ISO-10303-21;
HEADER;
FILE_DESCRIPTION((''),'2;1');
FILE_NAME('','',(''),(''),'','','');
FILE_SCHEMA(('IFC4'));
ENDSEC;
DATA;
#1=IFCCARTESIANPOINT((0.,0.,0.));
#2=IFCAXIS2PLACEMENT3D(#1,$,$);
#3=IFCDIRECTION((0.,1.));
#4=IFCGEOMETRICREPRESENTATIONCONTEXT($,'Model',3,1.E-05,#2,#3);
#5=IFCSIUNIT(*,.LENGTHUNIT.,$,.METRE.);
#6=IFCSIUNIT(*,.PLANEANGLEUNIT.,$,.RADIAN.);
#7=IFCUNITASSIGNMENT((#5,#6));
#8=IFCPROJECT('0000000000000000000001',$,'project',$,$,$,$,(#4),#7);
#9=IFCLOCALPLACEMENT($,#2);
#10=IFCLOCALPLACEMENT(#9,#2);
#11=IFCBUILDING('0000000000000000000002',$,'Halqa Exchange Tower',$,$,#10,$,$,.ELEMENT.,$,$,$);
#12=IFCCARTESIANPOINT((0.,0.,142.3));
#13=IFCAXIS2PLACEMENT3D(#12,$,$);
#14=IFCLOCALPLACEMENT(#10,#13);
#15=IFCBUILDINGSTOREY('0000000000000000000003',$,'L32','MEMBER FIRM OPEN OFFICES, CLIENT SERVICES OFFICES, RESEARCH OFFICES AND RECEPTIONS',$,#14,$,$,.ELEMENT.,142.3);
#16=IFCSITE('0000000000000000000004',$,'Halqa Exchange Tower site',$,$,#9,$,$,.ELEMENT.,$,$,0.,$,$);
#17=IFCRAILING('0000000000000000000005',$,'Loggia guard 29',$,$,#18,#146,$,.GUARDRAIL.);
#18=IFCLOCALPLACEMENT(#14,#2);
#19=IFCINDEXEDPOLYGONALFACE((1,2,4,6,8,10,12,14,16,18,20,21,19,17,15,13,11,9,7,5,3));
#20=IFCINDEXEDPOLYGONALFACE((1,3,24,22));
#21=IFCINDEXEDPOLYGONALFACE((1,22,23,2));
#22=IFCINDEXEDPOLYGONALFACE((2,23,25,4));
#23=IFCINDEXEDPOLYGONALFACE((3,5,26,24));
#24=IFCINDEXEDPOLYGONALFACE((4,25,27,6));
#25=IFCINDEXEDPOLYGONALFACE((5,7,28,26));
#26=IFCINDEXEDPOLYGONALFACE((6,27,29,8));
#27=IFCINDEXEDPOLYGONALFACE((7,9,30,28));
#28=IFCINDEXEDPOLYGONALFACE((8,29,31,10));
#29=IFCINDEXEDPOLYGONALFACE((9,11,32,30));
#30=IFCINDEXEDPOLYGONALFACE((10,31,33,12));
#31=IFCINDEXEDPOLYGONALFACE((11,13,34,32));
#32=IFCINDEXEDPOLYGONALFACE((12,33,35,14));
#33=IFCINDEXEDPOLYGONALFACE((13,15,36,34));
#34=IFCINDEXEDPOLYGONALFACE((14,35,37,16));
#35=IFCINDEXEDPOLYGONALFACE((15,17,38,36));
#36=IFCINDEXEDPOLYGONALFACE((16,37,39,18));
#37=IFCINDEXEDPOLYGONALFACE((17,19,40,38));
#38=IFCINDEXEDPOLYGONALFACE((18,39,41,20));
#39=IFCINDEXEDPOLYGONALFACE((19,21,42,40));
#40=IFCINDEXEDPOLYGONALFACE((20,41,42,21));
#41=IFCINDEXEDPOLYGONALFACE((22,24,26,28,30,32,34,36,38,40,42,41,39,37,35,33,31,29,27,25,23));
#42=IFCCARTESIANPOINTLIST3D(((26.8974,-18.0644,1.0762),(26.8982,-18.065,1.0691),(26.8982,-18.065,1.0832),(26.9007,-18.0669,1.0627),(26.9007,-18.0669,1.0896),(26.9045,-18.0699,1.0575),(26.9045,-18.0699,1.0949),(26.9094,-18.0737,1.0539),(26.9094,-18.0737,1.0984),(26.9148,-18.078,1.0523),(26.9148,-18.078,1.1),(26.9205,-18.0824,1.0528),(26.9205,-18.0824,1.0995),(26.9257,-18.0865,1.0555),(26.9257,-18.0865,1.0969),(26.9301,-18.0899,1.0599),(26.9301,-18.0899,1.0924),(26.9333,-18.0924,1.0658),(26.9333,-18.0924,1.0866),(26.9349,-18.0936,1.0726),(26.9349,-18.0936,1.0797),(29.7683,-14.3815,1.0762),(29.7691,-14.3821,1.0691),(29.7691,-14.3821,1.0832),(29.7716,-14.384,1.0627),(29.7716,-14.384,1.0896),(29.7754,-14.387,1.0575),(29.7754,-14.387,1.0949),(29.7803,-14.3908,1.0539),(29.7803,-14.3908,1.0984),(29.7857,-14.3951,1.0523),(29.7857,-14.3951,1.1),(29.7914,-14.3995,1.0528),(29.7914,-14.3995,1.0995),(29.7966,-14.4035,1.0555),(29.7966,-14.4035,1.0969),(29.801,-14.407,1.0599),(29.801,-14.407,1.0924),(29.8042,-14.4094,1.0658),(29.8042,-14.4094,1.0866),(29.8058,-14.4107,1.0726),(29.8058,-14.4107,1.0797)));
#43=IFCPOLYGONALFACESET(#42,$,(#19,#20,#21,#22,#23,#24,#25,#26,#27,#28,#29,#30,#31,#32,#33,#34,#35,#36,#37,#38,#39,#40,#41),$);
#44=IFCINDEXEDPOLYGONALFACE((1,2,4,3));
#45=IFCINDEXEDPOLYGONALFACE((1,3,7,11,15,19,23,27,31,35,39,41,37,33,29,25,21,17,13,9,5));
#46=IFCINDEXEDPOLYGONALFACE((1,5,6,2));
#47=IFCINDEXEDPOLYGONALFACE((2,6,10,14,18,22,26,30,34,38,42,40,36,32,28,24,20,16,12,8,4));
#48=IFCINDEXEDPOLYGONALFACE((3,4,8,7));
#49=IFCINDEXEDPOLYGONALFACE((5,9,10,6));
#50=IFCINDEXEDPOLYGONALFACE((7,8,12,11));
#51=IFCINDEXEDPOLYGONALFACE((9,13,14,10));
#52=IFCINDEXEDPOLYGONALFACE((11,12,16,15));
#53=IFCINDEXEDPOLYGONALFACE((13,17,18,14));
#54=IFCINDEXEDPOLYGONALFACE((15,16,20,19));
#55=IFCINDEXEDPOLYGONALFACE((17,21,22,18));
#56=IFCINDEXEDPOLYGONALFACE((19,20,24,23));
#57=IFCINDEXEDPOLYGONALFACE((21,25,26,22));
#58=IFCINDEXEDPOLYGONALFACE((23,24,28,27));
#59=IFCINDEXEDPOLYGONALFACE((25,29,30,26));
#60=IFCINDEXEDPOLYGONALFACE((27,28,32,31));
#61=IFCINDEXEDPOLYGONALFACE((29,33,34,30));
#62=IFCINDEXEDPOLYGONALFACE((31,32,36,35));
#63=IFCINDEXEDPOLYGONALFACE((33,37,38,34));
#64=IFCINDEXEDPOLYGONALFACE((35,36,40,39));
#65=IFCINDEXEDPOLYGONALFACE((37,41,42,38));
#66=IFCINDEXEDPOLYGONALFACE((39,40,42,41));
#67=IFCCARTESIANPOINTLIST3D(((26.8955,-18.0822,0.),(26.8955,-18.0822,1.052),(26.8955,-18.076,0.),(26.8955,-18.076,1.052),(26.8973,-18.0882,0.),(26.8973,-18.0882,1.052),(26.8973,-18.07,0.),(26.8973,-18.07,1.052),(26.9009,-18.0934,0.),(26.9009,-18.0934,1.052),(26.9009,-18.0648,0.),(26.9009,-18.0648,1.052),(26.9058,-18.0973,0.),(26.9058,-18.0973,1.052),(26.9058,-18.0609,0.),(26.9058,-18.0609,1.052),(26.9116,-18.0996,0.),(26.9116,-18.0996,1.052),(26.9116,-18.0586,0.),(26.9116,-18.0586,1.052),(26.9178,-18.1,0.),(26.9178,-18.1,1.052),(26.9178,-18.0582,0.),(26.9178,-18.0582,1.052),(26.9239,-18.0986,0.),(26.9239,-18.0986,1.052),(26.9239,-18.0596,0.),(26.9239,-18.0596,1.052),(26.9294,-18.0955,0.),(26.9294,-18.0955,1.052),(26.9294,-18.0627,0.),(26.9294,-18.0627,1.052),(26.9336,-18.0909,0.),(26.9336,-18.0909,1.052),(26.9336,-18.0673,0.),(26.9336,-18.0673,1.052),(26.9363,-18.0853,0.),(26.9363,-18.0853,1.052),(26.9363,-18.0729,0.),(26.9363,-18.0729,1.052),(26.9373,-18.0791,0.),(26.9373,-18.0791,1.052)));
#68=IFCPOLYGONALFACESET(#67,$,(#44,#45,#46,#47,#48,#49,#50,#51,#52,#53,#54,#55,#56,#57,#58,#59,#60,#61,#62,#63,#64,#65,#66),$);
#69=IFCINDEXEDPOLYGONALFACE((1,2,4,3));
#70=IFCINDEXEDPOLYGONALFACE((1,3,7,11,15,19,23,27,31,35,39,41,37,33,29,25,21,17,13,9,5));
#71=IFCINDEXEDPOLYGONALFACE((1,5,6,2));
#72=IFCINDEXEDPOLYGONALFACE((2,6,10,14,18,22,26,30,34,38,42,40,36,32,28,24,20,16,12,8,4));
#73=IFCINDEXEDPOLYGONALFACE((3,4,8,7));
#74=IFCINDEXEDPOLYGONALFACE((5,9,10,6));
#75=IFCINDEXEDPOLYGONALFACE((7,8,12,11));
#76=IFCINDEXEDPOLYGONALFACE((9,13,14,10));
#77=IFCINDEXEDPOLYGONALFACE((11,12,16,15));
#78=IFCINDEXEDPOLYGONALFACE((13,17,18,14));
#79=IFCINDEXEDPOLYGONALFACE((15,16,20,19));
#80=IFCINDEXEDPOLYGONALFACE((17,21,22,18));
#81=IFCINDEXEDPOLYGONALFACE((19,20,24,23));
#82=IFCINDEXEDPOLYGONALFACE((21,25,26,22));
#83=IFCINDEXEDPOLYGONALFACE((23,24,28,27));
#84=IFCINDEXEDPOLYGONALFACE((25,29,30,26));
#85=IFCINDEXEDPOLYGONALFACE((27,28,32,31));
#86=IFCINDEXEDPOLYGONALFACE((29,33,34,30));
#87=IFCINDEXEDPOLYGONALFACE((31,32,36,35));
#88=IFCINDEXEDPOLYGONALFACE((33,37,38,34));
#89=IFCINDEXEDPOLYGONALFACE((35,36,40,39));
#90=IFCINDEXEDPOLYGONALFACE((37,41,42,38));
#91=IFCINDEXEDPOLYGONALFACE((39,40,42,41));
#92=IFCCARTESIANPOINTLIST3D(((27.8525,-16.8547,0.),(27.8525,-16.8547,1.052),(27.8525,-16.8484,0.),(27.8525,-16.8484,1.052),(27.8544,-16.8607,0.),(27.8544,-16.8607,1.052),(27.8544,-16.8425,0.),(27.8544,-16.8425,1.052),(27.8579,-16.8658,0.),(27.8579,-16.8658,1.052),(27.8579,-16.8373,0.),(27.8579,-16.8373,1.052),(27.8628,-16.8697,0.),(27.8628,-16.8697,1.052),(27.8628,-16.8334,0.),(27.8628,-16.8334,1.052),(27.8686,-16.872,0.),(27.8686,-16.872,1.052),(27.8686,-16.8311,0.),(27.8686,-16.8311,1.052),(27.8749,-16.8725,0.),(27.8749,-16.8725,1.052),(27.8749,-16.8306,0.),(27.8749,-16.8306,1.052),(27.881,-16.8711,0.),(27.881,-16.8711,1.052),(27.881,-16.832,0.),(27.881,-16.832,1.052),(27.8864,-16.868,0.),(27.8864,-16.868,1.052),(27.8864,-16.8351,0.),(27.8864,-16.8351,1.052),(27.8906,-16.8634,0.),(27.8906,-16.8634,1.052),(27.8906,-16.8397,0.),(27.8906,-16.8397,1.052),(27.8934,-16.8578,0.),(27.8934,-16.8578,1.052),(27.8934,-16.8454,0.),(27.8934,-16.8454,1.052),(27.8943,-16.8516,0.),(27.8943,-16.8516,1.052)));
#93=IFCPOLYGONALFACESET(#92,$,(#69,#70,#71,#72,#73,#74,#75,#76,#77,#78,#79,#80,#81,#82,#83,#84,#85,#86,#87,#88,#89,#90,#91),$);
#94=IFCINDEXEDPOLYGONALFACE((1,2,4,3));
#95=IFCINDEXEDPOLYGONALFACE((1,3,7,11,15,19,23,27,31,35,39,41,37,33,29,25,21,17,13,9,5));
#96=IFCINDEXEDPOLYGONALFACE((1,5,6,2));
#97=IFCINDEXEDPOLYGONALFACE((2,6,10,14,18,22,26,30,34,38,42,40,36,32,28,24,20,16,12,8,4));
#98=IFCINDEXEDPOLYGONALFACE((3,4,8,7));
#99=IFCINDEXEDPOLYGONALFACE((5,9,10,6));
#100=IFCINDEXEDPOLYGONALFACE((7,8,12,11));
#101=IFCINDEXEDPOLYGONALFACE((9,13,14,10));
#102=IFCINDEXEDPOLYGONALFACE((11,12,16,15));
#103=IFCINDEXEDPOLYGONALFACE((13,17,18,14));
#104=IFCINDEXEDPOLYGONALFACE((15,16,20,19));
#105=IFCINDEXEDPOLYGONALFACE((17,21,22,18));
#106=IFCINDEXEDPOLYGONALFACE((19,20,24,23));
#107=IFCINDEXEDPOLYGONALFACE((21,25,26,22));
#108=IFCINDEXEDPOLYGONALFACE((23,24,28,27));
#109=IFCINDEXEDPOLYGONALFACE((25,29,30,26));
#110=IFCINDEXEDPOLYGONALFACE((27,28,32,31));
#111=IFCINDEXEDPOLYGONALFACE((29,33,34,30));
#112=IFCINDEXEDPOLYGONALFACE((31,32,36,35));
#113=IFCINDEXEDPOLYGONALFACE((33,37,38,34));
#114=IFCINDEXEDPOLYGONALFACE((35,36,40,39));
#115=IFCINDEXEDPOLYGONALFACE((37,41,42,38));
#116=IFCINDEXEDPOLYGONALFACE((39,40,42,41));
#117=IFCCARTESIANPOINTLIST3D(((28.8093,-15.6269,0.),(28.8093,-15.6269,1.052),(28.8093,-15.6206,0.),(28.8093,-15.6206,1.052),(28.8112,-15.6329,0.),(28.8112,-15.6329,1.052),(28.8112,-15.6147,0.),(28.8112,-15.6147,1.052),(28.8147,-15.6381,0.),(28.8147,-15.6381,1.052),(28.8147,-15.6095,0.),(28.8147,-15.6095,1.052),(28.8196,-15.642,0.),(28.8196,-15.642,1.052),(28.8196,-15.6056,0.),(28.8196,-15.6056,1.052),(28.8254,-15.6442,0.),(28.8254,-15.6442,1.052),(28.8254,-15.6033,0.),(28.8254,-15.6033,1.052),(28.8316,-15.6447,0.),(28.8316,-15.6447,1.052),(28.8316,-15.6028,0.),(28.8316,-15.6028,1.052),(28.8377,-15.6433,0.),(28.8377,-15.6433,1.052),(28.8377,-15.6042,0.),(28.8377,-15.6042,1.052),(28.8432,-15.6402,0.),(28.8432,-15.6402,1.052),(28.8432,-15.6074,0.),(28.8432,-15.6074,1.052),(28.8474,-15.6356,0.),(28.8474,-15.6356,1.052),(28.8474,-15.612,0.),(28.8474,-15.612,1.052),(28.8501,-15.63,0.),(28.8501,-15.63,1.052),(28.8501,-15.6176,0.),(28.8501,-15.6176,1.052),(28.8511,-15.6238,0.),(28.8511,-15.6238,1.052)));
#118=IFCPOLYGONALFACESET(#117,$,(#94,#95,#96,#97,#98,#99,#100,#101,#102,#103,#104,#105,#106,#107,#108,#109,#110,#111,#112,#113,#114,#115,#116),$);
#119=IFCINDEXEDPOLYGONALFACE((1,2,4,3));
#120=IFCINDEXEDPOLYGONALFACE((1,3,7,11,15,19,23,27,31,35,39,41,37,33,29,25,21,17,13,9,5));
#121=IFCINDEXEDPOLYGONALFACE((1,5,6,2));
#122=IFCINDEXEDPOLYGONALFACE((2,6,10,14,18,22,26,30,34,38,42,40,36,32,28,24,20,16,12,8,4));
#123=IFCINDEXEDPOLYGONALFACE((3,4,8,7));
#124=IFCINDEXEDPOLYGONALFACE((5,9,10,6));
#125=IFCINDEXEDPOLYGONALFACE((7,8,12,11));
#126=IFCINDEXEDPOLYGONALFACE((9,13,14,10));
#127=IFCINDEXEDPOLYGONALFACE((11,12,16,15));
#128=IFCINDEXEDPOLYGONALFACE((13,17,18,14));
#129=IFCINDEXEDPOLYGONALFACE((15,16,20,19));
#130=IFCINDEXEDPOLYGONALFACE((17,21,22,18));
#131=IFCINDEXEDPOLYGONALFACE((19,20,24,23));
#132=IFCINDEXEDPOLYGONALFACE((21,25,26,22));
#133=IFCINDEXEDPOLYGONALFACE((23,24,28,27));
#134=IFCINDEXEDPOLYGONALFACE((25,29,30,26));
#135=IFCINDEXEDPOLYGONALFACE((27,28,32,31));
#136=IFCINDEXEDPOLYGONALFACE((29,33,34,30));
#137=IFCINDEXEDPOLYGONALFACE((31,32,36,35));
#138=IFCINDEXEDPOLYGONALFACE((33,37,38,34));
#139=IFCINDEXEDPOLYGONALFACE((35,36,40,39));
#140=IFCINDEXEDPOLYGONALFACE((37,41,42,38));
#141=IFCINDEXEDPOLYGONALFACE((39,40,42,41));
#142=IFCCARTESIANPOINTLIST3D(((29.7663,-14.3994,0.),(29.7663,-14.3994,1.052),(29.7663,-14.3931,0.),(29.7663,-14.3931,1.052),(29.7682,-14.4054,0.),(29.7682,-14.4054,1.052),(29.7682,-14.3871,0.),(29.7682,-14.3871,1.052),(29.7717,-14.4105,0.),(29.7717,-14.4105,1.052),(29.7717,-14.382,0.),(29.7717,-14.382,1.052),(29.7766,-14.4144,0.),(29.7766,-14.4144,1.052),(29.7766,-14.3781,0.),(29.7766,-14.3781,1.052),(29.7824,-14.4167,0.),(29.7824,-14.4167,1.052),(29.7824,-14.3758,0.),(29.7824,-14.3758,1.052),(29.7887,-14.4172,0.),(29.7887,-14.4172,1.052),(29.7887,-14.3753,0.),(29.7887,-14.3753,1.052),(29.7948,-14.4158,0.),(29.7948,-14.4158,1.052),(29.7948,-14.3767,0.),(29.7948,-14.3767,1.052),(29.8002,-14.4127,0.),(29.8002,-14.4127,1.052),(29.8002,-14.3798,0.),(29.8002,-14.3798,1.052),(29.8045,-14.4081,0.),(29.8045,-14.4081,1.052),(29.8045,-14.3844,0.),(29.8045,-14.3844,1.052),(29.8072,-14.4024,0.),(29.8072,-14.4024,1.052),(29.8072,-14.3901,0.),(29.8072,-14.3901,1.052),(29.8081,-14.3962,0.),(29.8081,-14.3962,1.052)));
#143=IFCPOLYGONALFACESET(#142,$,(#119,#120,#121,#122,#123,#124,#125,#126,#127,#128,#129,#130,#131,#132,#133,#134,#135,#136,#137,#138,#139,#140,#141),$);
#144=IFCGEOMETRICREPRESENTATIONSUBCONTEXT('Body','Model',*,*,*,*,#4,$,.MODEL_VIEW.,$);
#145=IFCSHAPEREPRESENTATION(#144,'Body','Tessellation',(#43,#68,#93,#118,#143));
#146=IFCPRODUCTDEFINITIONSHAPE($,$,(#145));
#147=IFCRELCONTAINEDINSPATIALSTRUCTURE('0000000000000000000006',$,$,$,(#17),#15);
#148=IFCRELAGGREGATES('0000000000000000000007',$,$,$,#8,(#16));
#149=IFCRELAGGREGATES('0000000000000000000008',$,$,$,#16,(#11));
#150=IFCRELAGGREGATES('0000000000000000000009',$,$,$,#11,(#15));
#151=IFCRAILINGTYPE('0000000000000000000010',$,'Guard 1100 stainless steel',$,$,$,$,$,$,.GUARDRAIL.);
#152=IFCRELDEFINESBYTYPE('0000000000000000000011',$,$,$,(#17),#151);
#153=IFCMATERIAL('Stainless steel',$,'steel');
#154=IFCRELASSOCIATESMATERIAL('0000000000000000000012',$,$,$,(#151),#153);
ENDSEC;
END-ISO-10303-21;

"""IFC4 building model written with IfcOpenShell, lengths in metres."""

from ifc_helpers import new_model, si_unit, direction, frame, origin, origin_2d, place, context, subcontext, project, spatial, circle, extrude, material, type_object, element, save


model = new_model("IFC4")

# Units and contexts
model_context = context("Model", 3, precision=1e-05, world=origin(), true_north=direction((0.0, 1.0)))
body_context = subcontext(model_context, "Body", "Model", "MODEL_VIEW")
ifc_project = project(units=[si_unit("LENGTHUNIT", "METRE"), si_unit("PLANEANGLEUNIT", "RADIAN")], contexts=[model_context])

# Site, building, storey
site_placement = place(None, origin())
site = spatial("IfcSite", under=ifc_project, at=site_placement, Name="Halqa Exchange Tower site", CompositionType="ELEMENT", RefElevation=0.0)
building_placement = place(site_placement, origin())
building = spatial("IfcBuilding", under=site, at=building_placement, Name="Halqa Exchange Tower", CompositionType="ELEMENT")
storey_placement = place(building_placement, frame((0.0, 0.0, 142.3)))
storey = spatial("IfcBuildingStorey", under=building, at=storey_placement, Name="L32", Description="MEMBER FIRM OPEN OFFICES, CLIENT SERVICES OFFICES, RESEARCH OFFICES AND RECEPTIONS", CompositionType="ELEMENT", Elevation=142.3)

# Railing
ifc_material_1 = material(Name="Stainless steel", Category="steel")
railing_type = type_object("IfcRailingType", Name="Guard 1100 stainless steel", PredefinedType="GUARDRAIL", material=ifc_material_1)
railing_1_placement = place(storey_placement, frame((26.9163, -18.0791, 0.0)))
element("IfcRailing", 1, at=railing_1_placement, inside=storey, type_object=railing_type, Name="Loggia guard 29", PredefinedType="GUARDRAIL", context=body_context, shape_type="SweptSolid", body=[
    extrude(circle(Radius=0.0239, at=origin_2d()), frame((0.0, 0.0, 1.0762), z_axis=(0.614794, 0.788687, 0.0), x_axis=(-0.788687, 0.614794, 0.0)), (0.0, 0.0, 1.0), 4.6697),
    extrude(circle(Radius=0.021, at=origin_2d()), origin(), (0.0, 0.0, 1.0), 1.052),
    extrude(circle(Radius=0.021, at=origin_2d()), frame((0.957, 1.2275, 0.0)), (0.0, 0.0, 1.0), 1.052),
    extrude(circle(Radius=0.021, at=origin_2d()), frame((1.9138, 2.4553, 0.0)), (0.0, 0.0, 1.0), 1.052),
    extrude(circle(Radius=0.021, at=origin_2d()), frame((2.8708, 3.6829, 0.0)), (0.0, 0.0, 1.0), 1.052),
])

save(model, "model.ifc")
